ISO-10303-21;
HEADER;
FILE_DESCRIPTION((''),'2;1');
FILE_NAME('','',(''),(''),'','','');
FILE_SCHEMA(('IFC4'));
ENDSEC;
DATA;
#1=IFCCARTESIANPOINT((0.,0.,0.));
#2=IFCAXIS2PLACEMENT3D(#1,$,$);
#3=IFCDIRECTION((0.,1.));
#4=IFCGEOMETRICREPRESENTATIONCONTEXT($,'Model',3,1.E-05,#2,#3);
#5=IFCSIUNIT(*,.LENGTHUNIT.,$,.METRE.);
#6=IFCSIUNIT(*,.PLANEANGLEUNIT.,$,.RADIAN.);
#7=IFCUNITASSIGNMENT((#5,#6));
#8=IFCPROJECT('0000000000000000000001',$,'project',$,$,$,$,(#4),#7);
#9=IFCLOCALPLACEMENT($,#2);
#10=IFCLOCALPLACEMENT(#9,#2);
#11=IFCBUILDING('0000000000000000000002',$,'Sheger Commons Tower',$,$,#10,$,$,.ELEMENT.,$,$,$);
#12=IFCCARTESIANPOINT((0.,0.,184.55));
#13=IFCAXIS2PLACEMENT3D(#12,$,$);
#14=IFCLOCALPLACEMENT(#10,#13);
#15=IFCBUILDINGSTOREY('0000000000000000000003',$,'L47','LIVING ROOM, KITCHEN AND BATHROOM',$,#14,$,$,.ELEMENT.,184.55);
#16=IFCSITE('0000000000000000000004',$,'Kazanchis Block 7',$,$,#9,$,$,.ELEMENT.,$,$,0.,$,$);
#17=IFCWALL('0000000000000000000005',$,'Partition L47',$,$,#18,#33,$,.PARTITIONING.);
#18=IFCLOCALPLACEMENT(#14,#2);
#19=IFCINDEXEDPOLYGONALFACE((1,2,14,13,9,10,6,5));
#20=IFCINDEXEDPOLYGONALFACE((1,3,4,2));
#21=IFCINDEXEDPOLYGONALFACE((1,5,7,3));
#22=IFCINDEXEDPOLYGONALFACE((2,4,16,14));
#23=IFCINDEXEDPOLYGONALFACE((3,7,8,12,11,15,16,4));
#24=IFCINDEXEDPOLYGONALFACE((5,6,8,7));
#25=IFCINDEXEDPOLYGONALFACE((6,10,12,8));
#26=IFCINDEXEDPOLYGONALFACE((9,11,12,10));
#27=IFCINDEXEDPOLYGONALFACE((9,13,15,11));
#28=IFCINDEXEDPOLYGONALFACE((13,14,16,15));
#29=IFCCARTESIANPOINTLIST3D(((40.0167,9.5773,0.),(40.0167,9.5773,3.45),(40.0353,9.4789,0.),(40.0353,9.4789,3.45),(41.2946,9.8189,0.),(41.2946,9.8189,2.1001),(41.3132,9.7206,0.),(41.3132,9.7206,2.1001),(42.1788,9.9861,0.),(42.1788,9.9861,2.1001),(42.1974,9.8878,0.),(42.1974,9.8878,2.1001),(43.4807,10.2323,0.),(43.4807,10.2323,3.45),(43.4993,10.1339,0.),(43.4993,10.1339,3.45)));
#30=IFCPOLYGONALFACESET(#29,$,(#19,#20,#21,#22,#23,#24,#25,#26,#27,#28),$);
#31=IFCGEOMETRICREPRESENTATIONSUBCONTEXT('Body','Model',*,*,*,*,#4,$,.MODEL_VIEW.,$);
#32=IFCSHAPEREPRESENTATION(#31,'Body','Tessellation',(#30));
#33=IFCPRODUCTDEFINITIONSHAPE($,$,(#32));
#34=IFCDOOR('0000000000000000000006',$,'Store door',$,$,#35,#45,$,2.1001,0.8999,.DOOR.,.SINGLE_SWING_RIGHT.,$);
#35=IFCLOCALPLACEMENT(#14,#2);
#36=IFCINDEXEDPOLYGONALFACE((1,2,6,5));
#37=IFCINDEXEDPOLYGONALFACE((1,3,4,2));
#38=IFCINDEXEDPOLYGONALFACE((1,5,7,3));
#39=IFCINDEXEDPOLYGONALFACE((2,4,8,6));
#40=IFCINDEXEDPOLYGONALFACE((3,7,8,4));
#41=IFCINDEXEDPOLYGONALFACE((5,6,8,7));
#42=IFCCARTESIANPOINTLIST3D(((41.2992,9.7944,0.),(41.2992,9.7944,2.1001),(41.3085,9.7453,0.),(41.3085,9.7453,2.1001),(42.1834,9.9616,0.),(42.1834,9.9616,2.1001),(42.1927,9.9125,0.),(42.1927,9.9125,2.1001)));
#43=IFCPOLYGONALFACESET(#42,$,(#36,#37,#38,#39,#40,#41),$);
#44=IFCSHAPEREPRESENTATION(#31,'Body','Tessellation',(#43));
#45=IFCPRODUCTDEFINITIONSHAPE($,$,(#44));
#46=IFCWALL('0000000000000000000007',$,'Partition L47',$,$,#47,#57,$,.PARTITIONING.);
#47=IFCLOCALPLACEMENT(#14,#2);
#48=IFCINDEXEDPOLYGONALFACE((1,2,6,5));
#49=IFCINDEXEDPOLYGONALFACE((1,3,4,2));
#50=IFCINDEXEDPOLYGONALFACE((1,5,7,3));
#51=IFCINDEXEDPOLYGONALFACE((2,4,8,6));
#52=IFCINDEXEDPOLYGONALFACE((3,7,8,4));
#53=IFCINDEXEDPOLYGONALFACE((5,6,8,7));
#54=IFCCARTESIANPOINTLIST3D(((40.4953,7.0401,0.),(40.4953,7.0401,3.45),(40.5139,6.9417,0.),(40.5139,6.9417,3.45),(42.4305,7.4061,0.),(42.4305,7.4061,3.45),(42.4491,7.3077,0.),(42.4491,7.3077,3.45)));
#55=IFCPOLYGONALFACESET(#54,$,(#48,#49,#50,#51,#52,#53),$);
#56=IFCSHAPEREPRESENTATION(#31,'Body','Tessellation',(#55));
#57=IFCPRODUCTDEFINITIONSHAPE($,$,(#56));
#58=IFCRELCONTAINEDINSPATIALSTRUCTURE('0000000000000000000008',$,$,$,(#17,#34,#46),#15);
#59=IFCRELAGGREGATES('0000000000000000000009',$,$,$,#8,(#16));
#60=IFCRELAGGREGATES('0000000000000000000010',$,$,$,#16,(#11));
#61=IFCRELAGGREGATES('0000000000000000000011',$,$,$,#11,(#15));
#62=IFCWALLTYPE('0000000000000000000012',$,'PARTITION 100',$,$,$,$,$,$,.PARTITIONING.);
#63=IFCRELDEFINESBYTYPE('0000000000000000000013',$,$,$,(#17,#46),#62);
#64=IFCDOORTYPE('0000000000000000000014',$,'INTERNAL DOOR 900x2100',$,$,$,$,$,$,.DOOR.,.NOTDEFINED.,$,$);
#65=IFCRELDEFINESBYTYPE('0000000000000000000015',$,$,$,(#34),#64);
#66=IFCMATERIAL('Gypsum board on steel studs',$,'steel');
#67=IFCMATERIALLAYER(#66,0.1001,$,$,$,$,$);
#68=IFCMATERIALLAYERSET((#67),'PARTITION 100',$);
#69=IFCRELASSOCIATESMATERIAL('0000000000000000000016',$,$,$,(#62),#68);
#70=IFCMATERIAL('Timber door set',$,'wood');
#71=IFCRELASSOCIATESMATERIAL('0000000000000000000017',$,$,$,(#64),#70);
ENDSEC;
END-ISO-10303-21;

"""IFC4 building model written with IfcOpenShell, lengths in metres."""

from ifc_helpers import new_model, si_unit, direction, frame, frame_2d, origin, place, context, subcontext, project, spatial, rectangle, extrude, material, layer, layer_set, type_object, element, fill, save


model = new_model("IFC4")

# Units and contexts
model_context = context("Model", 3, precision=1e-05, world=origin(), true_north=direction((0.0, 1.0)))
body_context = subcontext(model_context, "Body", "Model", "MODEL_VIEW")
ifc_project = project(units=[si_unit("LENGTHUNIT", "METRE"), si_unit("PLANEANGLEUNIT", "RADIAN")], contexts=[model_context])

# Site, building, storey
site_placement = place(None, origin())
site = spatial("IfcSite", under=ifc_project, at=site_placement, Name="Kazanchis Block 7", CompositionType="ELEMENT", RefElevation=0.0)
building_placement = place(site_placement, origin())
building = spatial("IfcBuilding", under=site, at=building_placement, Name="Sheger Commons Tower", CompositionType="ELEMENT")
storey_placement = place(building_placement, frame((0.0, 0.0, 184.55)))
storey = spatial("IfcBuildingStorey", under=building, at=storey_placement, Name="L47", Description="LIVING ROOM, KITCHEN AND BATHROOM", CompositionType="ELEMENT", Elevation=184.55)

# Shared definitions
ifc_material_1 = material(Name="Gypsum board on steel studs", Category="steel")
ifc_layer_1 = layer(ifc_material_1, 0.1001)
ifc_layer_set_1 = layer_set([ifc_layer_1], Name="PARTITION 100")
wall_type_1 = type_object("IfcWallType", Name="PARTITION 100", PredefinedType="PARTITIONING", material=ifc_layer_set_1)
ifc_material_2 = material(Name="Timber door set", Category="wood")
door_type_1 = type_object("IfcDoorType", Name="INTERNAL DOOR 900x2100", OperationType="NOTDEFINED", PredefinedType="DOOR", material=ifc_material_2)

# Wall, opening, door
wall_1_placement = place(storey_placement, frame((43.49, 10.1831, 0.0), z_axis=(0.0, 0.0, 1.0), x_axis=(-0.982588, -0.185798, 0.0)))
wall_1 = element("IfcWall", 1, at=wall_1_placement, inside=storey, type_object=wall_type_1, Name="Partition L47", PredefinedType="PARTITIONING", context=body_context, shape_type="SweptSolid", body=[
    extrude(rectangle(XDim=3.5254, YDim=0.1001, at=frame_2d((1.7627, 0.0))), origin(), (0.0, 0.0, 1.0), 3.45),
])
opening_1_placement = place(wall_1_placement, frame((1.325, 0.0, 0.0)))
opening_1 = element("IfcOpeningElement", 2, at=opening_1_placement, cuts=wall_1, PredefinedType="OPENING", context=body_context, shape_type="SweptSolid", body=[
    extrude(rectangle(XDim=0.8999, YDim=2.1001, at=frame_2d((0.45, 1.05))), frame((0.0, 0.0601, 0.0), z_axis=(0.0, -1.0, 0.0), x_axis=(1.0, 0.0, 0.0)), (0.0, 0.0, 1.0), 0.1201),
])
door_1_placement = place(opening_1_placement, origin())
door_1 = element("IfcDoor", 3, at=door_1_placement, inside=storey, type_object=door_type_1, Name="Store door", OperationType="SINGLE_SWING_RIGHT", OverallHeight=2.1001, OverallWidth=0.8999, PredefinedType="DOOR", context=body_context, shape_type="SweptSolid", body=[
    extrude(rectangle(XDim=0.8999, YDim=2.1001, at=frame_2d((0.45, 1.05))), frame((0.0, 0.0249, 0.0), z_axis=(0.0, -1.0, 0.0), x_axis=(1.0, 0.0, 0.0)), (0.0, 0.0, 1.0), 0.05),
])
fill(opening_1, door_1)

# Wall
wall_2_placement = place(storey_placement, frame((42.4399, 7.3569, 0.0), z_axis=(0.0, 0.0, 1.0), x_axis=(-0.982582, -0.18583, 0.0)))
element("IfcWall", 4, at=wall_2_placement, inside=storey, type_object=wall_type_1, Name="Partition L47", PredefinedType="PARTITIONING", context=body_context, shape_type="SweptSolid", body=[
    extrude(rectangle(XDim=1.9695, YDim=0.1001, at=frame_2d((0.9849, 0.0))), origin(), (0.0, 0.0, 1.0), 3.45),
])

save(model, "model.ifc")
